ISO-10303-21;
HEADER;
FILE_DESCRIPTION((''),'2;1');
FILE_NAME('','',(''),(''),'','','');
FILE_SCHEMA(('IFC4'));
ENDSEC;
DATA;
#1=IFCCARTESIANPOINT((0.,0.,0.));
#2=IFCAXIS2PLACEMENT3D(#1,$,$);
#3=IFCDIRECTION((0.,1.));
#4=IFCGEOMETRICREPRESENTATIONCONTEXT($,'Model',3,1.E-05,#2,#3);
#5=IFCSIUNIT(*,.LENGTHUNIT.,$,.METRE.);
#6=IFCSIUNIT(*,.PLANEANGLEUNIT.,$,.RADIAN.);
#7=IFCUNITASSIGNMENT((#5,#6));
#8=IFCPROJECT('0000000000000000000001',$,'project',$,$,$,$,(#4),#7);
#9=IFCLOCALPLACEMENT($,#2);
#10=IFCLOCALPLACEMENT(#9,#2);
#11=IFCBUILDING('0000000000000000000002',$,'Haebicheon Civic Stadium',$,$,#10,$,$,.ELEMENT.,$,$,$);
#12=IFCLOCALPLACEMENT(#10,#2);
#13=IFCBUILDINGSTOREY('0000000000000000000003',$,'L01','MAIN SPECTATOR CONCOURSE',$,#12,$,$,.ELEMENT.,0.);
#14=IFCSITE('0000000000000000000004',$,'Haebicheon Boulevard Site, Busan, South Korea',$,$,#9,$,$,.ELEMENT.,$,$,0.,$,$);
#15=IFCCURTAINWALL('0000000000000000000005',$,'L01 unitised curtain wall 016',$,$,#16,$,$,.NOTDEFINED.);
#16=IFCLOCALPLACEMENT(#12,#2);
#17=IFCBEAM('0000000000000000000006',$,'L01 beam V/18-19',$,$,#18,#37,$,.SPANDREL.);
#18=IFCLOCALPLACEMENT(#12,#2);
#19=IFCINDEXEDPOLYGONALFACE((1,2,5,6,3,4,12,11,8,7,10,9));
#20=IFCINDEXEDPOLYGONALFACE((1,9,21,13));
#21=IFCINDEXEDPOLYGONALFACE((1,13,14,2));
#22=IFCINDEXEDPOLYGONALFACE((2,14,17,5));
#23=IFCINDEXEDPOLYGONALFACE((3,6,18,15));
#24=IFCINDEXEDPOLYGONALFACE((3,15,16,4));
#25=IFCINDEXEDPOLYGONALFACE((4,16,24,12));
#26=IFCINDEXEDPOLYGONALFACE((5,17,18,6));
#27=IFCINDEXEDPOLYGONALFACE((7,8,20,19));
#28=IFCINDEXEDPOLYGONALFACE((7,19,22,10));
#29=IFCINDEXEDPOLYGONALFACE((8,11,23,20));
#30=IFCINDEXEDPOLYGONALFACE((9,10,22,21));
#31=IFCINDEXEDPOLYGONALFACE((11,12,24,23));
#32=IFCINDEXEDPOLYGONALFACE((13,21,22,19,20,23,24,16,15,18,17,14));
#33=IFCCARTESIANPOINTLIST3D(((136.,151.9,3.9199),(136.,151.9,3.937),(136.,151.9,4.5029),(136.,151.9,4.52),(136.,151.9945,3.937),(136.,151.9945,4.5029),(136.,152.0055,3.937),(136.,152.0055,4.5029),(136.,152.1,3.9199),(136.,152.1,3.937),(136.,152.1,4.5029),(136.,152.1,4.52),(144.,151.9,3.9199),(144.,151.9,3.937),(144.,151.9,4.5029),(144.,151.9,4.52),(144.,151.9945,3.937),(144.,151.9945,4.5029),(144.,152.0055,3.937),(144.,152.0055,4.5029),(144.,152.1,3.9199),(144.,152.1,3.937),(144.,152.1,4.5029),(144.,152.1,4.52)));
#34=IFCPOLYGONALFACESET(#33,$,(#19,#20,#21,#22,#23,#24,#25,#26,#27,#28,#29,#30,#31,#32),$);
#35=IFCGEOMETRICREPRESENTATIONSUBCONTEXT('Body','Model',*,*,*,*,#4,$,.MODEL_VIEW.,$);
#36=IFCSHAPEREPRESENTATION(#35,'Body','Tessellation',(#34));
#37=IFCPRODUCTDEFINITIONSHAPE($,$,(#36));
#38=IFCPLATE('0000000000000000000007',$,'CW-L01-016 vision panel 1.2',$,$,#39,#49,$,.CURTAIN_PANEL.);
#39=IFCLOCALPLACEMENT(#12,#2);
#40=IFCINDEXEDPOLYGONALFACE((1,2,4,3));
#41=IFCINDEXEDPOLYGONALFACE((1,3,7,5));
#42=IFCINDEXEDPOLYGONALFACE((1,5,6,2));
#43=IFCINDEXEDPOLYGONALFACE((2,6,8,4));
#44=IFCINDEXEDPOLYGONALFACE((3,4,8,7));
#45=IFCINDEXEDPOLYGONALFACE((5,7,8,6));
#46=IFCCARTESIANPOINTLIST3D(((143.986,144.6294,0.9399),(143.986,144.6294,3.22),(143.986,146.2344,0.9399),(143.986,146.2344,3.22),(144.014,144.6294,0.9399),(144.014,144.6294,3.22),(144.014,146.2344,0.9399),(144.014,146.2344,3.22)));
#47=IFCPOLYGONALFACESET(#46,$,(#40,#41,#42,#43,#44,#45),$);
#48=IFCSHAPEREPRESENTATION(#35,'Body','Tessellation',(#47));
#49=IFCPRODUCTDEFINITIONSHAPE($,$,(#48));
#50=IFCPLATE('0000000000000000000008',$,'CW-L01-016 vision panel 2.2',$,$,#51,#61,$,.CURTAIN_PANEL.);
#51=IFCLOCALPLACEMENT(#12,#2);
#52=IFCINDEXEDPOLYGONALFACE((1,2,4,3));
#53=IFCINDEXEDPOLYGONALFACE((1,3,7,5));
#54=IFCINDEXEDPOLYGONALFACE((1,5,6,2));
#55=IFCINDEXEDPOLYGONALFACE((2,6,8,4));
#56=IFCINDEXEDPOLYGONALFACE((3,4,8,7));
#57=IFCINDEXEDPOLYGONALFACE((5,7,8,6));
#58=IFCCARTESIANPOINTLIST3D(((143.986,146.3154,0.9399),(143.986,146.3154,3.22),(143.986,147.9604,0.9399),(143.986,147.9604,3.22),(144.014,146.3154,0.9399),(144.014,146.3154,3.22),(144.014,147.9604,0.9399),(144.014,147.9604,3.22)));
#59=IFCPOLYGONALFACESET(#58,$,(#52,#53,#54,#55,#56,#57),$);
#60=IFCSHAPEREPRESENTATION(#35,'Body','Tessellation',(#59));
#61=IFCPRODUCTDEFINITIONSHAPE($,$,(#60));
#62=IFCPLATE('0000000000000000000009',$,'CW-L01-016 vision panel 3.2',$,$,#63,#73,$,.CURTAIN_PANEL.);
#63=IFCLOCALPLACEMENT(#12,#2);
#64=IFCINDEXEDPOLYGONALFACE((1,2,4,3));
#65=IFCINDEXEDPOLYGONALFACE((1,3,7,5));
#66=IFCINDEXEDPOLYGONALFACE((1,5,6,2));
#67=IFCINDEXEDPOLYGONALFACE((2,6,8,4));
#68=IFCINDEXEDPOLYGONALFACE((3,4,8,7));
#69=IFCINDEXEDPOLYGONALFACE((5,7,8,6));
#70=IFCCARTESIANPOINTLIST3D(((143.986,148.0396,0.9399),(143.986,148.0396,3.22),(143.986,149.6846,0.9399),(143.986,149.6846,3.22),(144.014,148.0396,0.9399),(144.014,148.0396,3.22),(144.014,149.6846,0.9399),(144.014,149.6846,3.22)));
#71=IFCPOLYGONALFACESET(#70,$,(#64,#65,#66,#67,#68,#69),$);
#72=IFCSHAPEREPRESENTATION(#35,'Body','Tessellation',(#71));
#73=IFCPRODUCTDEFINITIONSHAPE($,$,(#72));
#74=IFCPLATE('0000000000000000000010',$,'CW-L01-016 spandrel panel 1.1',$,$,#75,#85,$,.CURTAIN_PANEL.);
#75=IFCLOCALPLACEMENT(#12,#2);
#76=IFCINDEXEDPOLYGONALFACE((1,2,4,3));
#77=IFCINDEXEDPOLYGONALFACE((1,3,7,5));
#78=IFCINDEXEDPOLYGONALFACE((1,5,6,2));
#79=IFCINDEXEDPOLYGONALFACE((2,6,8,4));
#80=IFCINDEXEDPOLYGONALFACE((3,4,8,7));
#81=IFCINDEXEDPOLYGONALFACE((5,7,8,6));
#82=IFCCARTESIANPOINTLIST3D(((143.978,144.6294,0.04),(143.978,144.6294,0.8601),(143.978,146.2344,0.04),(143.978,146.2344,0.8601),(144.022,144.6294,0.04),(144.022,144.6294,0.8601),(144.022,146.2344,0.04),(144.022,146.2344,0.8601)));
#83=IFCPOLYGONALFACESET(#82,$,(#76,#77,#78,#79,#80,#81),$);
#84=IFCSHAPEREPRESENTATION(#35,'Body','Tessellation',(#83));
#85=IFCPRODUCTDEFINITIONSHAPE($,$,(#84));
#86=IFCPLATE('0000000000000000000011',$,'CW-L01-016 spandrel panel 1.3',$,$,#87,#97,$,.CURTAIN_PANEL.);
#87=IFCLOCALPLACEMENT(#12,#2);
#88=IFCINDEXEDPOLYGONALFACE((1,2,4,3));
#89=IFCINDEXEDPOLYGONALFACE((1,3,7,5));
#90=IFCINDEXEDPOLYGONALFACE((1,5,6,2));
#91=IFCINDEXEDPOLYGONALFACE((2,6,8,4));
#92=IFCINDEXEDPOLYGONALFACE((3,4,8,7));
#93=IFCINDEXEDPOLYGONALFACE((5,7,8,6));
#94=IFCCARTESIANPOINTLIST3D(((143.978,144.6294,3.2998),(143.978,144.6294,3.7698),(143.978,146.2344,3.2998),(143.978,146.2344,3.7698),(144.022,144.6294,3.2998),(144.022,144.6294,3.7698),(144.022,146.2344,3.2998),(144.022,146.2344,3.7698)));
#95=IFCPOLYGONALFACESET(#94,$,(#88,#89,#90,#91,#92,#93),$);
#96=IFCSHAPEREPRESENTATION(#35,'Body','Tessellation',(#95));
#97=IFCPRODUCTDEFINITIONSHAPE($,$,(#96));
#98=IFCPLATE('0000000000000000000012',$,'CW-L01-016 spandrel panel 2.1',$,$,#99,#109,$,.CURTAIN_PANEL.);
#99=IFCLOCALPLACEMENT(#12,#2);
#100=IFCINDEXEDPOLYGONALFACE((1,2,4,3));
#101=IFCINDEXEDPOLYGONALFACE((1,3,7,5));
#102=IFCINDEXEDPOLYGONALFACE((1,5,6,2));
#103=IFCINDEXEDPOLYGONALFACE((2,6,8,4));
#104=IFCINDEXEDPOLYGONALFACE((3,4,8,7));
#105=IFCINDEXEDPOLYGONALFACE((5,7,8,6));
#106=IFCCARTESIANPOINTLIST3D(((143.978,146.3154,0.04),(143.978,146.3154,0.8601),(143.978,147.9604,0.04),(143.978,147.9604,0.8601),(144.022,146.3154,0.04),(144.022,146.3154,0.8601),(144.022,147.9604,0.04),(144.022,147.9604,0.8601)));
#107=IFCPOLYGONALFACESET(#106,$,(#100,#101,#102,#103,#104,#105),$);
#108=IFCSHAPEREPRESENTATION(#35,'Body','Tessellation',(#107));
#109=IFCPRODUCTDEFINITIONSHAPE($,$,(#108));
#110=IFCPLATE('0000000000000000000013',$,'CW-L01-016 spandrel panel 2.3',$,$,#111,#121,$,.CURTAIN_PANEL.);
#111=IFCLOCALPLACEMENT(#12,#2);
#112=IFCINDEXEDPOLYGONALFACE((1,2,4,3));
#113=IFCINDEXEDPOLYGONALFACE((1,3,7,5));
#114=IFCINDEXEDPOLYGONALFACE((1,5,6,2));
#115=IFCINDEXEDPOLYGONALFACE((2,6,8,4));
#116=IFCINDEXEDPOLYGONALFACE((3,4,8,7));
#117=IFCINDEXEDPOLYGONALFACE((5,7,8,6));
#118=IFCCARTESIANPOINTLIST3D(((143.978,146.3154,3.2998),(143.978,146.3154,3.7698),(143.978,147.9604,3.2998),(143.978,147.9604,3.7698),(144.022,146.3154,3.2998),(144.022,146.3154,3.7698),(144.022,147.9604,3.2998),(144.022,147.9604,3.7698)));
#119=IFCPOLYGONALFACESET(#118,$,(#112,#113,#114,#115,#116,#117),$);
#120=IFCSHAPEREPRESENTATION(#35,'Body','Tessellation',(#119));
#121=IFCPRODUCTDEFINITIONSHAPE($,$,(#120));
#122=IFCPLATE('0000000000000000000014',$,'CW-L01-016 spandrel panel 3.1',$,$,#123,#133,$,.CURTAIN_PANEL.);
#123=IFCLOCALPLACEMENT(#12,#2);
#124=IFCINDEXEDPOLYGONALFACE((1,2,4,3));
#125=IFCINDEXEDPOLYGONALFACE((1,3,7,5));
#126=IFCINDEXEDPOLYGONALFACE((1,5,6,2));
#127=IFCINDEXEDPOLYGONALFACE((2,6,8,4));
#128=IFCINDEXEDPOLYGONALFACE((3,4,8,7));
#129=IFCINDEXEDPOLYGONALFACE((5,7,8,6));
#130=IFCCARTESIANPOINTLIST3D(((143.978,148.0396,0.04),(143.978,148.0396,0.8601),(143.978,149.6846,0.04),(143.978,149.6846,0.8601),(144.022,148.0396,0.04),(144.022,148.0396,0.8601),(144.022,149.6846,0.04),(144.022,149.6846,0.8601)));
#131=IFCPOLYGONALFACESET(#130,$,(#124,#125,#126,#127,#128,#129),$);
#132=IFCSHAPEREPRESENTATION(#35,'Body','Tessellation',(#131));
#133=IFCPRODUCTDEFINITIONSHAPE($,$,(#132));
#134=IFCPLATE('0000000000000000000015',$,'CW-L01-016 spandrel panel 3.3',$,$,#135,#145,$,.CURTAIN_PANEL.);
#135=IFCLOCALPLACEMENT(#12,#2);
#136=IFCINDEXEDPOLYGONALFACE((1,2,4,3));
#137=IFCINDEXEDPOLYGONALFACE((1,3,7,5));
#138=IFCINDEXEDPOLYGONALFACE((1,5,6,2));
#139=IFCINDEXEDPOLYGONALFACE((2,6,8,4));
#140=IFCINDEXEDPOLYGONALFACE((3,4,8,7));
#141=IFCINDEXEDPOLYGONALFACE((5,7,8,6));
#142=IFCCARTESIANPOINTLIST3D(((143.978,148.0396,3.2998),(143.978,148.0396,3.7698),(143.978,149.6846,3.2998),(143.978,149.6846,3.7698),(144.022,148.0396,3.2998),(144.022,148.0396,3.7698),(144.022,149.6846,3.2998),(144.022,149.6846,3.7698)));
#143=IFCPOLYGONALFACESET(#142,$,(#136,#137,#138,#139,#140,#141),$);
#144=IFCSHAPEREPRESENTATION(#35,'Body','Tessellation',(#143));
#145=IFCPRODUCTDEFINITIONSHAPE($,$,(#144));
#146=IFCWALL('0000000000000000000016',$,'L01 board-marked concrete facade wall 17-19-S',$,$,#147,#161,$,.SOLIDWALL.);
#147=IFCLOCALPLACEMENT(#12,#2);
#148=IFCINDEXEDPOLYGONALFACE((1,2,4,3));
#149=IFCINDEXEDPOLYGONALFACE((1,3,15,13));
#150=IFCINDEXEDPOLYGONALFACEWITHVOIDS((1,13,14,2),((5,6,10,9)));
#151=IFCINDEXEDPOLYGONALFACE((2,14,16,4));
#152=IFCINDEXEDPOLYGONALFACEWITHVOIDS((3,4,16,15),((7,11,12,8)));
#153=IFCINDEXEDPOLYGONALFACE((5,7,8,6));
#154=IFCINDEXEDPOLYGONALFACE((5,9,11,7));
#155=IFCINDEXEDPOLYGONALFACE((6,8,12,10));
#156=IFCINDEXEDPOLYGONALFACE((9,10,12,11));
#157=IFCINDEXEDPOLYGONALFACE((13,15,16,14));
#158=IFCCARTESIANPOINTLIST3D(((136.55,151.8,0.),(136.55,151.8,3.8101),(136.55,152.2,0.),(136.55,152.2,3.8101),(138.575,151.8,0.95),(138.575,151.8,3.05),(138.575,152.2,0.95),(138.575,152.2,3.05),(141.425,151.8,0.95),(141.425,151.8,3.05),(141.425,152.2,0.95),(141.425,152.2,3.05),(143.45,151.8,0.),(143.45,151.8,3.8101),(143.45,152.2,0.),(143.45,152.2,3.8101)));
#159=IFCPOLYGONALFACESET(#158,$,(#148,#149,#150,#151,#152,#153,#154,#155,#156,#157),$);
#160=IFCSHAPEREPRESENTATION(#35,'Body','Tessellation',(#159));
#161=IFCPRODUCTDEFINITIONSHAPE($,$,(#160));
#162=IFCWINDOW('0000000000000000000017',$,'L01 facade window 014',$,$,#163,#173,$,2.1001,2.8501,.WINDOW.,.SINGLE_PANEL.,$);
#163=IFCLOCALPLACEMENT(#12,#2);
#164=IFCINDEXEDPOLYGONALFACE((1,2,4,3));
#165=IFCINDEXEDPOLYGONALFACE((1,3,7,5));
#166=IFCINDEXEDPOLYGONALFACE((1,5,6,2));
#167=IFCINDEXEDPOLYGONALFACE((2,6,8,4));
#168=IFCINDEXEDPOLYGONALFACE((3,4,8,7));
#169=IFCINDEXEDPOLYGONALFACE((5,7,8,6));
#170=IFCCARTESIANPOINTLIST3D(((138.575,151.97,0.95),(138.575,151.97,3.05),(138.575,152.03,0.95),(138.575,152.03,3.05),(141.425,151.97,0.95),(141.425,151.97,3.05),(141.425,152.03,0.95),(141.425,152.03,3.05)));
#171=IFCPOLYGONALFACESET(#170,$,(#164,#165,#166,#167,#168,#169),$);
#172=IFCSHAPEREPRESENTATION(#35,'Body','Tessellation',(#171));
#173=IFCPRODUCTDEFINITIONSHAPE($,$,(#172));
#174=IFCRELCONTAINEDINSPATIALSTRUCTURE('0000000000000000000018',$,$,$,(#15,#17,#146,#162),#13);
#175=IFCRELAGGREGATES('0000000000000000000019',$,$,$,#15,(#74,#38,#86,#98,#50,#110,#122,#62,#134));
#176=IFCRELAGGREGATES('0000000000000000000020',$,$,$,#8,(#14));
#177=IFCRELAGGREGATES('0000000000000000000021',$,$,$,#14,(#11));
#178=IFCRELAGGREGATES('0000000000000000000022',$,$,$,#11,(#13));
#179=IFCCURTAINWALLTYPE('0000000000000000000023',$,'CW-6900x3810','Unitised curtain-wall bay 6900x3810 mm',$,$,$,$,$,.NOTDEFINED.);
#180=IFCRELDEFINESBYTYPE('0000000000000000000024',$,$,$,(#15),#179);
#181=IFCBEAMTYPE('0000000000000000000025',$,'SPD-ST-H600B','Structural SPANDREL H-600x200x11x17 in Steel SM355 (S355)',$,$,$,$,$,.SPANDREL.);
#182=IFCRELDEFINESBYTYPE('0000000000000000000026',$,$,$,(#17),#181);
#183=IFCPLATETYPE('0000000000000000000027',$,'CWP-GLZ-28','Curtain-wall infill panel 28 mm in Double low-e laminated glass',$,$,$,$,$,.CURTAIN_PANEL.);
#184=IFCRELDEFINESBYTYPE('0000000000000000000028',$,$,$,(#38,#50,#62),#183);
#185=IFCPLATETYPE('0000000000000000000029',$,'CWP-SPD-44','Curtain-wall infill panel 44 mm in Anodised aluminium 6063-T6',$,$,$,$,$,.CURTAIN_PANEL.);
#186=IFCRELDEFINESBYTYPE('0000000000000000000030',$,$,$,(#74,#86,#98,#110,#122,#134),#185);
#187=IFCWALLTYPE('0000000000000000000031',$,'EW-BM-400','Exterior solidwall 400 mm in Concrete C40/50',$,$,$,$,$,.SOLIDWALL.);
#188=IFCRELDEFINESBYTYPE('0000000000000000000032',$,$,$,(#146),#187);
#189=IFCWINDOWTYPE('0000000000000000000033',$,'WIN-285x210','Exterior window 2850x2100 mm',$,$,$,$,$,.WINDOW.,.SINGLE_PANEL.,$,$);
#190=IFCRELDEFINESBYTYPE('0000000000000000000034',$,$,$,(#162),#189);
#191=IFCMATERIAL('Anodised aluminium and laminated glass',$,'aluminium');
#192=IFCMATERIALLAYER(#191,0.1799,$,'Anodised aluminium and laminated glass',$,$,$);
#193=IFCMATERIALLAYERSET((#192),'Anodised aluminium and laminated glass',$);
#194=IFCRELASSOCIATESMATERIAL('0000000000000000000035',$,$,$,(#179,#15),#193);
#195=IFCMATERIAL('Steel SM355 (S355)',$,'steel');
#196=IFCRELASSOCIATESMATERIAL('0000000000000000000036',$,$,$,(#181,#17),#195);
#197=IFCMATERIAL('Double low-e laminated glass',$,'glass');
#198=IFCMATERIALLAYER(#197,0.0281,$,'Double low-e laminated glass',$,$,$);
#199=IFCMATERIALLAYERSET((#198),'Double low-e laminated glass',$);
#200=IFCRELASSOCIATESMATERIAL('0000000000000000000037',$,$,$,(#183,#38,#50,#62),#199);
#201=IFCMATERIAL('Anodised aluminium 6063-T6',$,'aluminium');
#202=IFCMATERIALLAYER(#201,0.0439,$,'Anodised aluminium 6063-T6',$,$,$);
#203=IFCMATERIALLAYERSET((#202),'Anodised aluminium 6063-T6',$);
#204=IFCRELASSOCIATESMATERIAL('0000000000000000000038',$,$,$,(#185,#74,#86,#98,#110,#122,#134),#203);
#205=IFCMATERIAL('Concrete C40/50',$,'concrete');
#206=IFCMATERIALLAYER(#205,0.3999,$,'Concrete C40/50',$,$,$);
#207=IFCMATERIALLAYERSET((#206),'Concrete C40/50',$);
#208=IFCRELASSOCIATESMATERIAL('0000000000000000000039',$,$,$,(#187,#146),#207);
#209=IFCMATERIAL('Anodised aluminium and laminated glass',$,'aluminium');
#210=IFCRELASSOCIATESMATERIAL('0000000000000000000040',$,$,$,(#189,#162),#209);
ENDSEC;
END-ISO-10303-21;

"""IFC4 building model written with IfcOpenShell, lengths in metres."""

from ifc_helpers import new_model, si_unit, direction, frame, frame_2d, origin, origin_2d, place, context, subcontext, project, spatial, rectangle, i_section, extrude, material, layer, layer_set, material_profile, profile_set, type_object, element, fill, aggregate, save


model = new_model("IFC4")

# Units and contexts
model_context = context("Model", 3, precision=1e-05, world=origin(), true_north=direction((0.0, 1.0)))
body_context = subcontext(model_context, "Body", "Model", "MODEL_VIEW")
ifc_project = project(units=[si_unit("LENGTHUNIT", "METRE"), si_unit("PLANEANGLEUNIT", "RADIAN")], contexts=[model_context])

# Site, building, storey
site_placement = place(None, origin())
site = spatial("IfcSite", under=ifc_project, at=site_placement, Name="Haebicheon Boulevard Site, Busan, South Korea", CompositionType="ELEMENT", RefElevation=0.0)
building_placement = place(site_placement, origin())
building = spatial("IfcBuilding", under=site, at=building_placement, Name="Haebicheon Civic Stadium", CompositionType="ELEMENT")
storey_placement = place(building_placement, origin())
storey = spatial("IfcBuildingStorey", under=building, at=storey_placement, Name="L01", Description="MAIN SPECTATOR CONCOURSE", CompositionType="ELEMENT", Elevation=0.0)

# Curtain wall
ifc_material_1 = material(Name="Anodised aluminium and laminated glass", Category="aluminium")
ifc_layer_1 = layer(ifc_material_1, 0.1799, Name="Anodised aluminium and laminated glass")
ifc_layer_set_1 = layer_set([ifc_layer_1], Name="Anodised aluminium and laminated glass")
curtain_wall_type = type_object("IfcCurtainWallType", Name="CW-6900x3810", Description="Unitised curtain-wall bay 6900x3810 mm", PredefinedType="NOTDEFINED", material=ifc_layer_set_1)
curtain_wall_placement = place(storey_placement, origin())
curtain_wall = element("IfcCurtainWall", 1, at=curtain_wall_placement, inside=storey, type_object=curtain_wall_type, material=ifc_layer_set_1, Name="L01 unitised curtain wall 016", PredefinedType="NOTDEFINED")

# Beam
ifc_material_2 = material(Name="Steel SM355 (S355)", Category="steel")
ifc_material_profile_1 = material_profile(ifc_material_2, i_section(OverallWidth=0.2, OverallDepth=0.6001, WebThickness=0.011, FlangeThickness=0.0171, at=origin_2d()), Name="H-600x200x11x17")
ifc_profile_set_1 = profile_set([ifc_material_profile_1], Name="Steel SM355 (S355)")
beam_type_1 = type_object("IfcBeamType", Name="SPD-ST-H600B", Description="Structural SPANDREL H-600x200x11x17 in Steel SM355 (S355)", PredefinedType="SPANDREL", material=ifc_profile_set_1)
beam_1_placement = place(storey_placement, frame((136.0, 152.0, 4.22), z_axis=(1.0, 0.0, 0.0), x_axis=(0.0, 1.0, 0.0)))
element("IfcBeam", 2, at=beam_1_placement, inside=storey, type_object=beam_type_1, material=ifc_profile_set_1, Name="L01 beam V/18-19", PredefinedType="SPANDREL", context=body_context, shape_type="SweptSolid", body=[
    extrude(i_section(OverallWidth=0.2, OverallDepth=0.6001, WebThickness=0.011, FlangeThickness=0.0171, at=origin_2d()), origin(), (0.0, 0.0, 1.0), 8.0),
])

# Plates
ifc_material_3 = material(Name="Double low-e laminated glass", Category="glass")
ifc_layer_2 = layer(ifc_material_3, 0.0281, Name="Double low-e laminated glass")
ifc_layer_set_2 = layer_set([ifc_layer_2], Name="Double low-e laminated glass")
plate_type_1 = type_object("IfcPlateType", Name="CWP-GLZ-28", Description="Curtain-wall infill panel 28 mm in Double low-e laminated glass", PredefinedType="CURTAIN_PANEL", material=ifc_layer_set_2)
plate_1_placement = place(storey_placement, frame((144.0, 145.4319, 0.9399), z_axis=(0.0, 0.0, 1.0), x_axis=(0.0, 1.0, 0.0)))
plate_1 = element("IfcPlate", 3, at=plate_1_placement, type_object=plate_type_1, material=ifc_layer_set_2, Name="CW-L01-016 vision panel 1.2", PredefinedType="CURTAIN_PANEL", context=body_context, shape_type="SweptSolid", body=[
    extrude(rectangle(XDim=1.605, YDim=0.0281, at=origin_2d()), origin(), (0.0, 0.0, 1.0), 2.28),
])
plate_2_placement = place(storey_placement, frame((144.0, 147.1379, 0.9399), z_axis=(0.0, 0.0, 1.0), x_axis=(0.0, 1.0, 0.0)))
plate_2 = element("IfcPlate", 4, at=plate_2_placement, type_object=plate_type_1, material=ifc_layer_set_2, Name="CW-L01-016 vision panel 2.2", PredefinedType="CURTAIN_PANEL", context=body_context, shape_type="SweptSolid", body=[
    extrude(rectangle(XDim=1.645, YDim=0.0281, at=origin_2d()), origin(), (0.0, 0.0, 1.0), 2.28),
])
plate_3_placement = place(storey_placement, frame((144.0, 148.8621, 0.9399), z_axis=(0.0, 0.0, 1.0), x_axis=(0.0, 1.0, 0.0)))
plate_3 = element("IfcPlate", 5, at=plate_3_placement, type_object=plate_type_1, material=ifc_layer_set_2, Name="CW-L01-016 vision panel 3.2", PredefinedType="CURTAIN_PANEL", context=body_context, shape_type="SweptSolid", body=[
    extrude(rectangle(XDim=1.645, YDim=0.0281, at=origin_2d()), origin(), (0.0, 0.0, 1.0), 2.28),
])
ifc_material_4 = material(Name="Anodised aluminium 6063-T6", Category="aluminium")
ifc_layer_3 = layer(ifc_material_4, 0.0439, Name="Anodised aluminium 6063-T6")
ifc_layer_set_3 = layer_set([ifc_layer_3], Name="Anodised aluminium 6063-T6")
plate_type_2 = type_object("IfcPlateType", Name="CWP-SPD-44", Description="Curtain-wall infill panel 44 mm in Anodised aluminium 6063-T6", PredefinedType="CURTAIN_PANEL", material=ifc_layer_set_3)
plate_4_placement = place(storey_placement, frame((144.0, 145.4319, 0.04), z_axis=(0.0, 0.0, 1.0), x_axis=(0.0, 1.0, 0.0)))
plate_4 = element("IfcPlate", 6, at=plate_4_placement, type_object=plate_type_2, material=ifc_layer_set_3, Name="CW-L01-016 spandrel panel 1.1", PredefinedType="CURTAIN_PANEL", context=body_context, shape_type="SweptSolid", body=[
    extrude(rectangle(XDim=1.605, YDim=0.0439, at=origin_2d()), origin(), (0.0, 0.0, 1.0), 0.8201),
])
plate_5_placement = place(storey_placement, frame((144.0, 145.4319, 3.2998), z_axis=(0.0, 0.0, 1.0), x_axis=(0.0, 1.0, 0.0)))
plate_5 = element("IfcPlate", 7, at=plate_5_placement, type_object=plate_type_2, material=ifc_layer_set_3, Name="CW-L01-016 spandrel panel 1.3", PredefinedType="CURTAIN_PANEL", context=body_context, shape_type="SweptSolid", body=[
    extrude(rectangle(XDim=1.605, YDim=0.0439, at=origin_2d()), origin(), (0.0, 0.0, 1.0), 0.47),
])
plate_6_placement = place(storey_placement, frame((144.0, 147.1379, 0.04), z_axis=(0.0, 0.0, 1.0), x_axis=(0.0, 1.0, 0.0)))
plate_6 = element("IfcPlate", 8, at=plate_6_placement, type_object=plate_type_2, material=ifc_layer_set_3, Name="CW-L01-016 spandrel panel 2.1", PredefinedType="CURTAIN_PANEL", context=body_context, shape_type="SweptSolid", body=[
    extrude(rectangle(XDim=1.645, YDim=0.0439, at=origin_2d()), origin(), (0.0, 0.0, 1.0), 0.8201),
])
plate_7_placement = place(storey_placement, frame((144.0, 147.1379, 3.2998), z_axis=(0.0, 0.0, 1.0), x_axis=(0.0, 1.0, 0.0)))
plate_7 = element("IfcPlate", 9, at=plate_7_placement, type_object=plate_type_2, material=ifc_layer_set_3, Name="CW-L01-016 spandrel panel 2.3", PredefinedType="CURTAIN_PANEL", context=body_context, shape_type="SweptSolid", body=[
    extrude(rectangle(XDim=1.645, YDim=0.0439, at=origin_2d()), origin(), (0.0, 0.0, 1.0), 0.47),
])
plate_8_placement = place(storey_placement, frame((144.0, 148.8621, 0.04), z_axis=(0.0, 0.0, 1.0), x_axis=(0.0, 1.0, 0.0)))
plate_8 = element("IfcPlate", 10, at=plate_8_placement, type_object=plate_type_2, material=ifc_layer_set_3, Name="CW-L01-016 spandrel panel 3.1", PredefinedType="CURTAIN_PANEL", context=body_context, shape_type="SweptSolid", body=[
    extrude(rectangle(XDim=1.645, YDim=0.0439, at=origin_2d()), origin(), (0.0, 0.0, 1.0), 0.8201),
])
plate_9_placement = place(storey_placement, frame((144.0, 148.8621, 3.2998), z_axis=(0.0, 0.0, 1.0), x_axis=(0.0, 1.0, 0.0)))
plate_9 = element("IfcPlate", 11, at=plate_9_placement, type_object=plate_type_2, material=ifc_layer_set_3, Name="CW-L01-016 spandrel panel 3.3", PredefinedType="CURTAIN_PANEL", context=body_context, shape_type="SweptSolid", body=[
    extrude(rectangle(XDim=1.645, YDim=0.0439, at=origin_2d()), origin(), (0.0, 0.0, 1.0), 0.47),
])
aggregate(curtain_wall, [plate_4, plate_1, plate_5, plate_6, plate_2, plate_7, plate_8, plate_3, plate_9])

# Wall, opening, window
ifc_material_5 = material(Name="Concrete C40/50", Category="concrete")
ifc_layer_4 = layer(ifc_material_5, 0.3999, Name="Concrete C40/50")
ifc_layer_set_4 = layer_set([ifc_layer_4], Name="Concrete C40/50")
wall_type = type_object("IfcWallType", Name="EW-BM-400", Description="Exterior solidwall 400 mm in Concrete C40/50", PredefinedType="SOLIDWALL", material=ifc_layer_set_4)
wall_placement = place(storey_placement, frame((136.55, 152.0, 0.0), z_axis=(0.0, 0.0, 1.0), x_axis=(1.0, 0.0, 0.0)))
wall = element("IfcWall", 12, at=wall_placement, inside=storey, type_object=wall_type, material=ifc_layer_set_4, Name="L01 board-marked concrete facade wall 17-19-S", PredefinedType="SOLIDWALL", context=body_context, shape_type="SweptSolid", body=[
    extrude(rectangle(XDim=6.8999, YDim=0.3999, at=frame_2d((3.45, 0.0))), origin(), (0.0, 0.0, 1.0), 3.8101),
])
opening_placement = place(wall_placement, frame((2.0249, 0.0, 0.95)))
opening = element("IfcOpeningElement", 13, at=opening_placement, cuts=wall, PredefinedType="OPENING", context=body_context, shape_type="SweptSolid", body=[
    extrude(rectangle(XDim=2.8501, YDim=2.1001, at=frame_2d((1.425, 1.05))), frame((0.0, 0.21, 0.0), z_axis=(0.0, -1.0, 0.0), x_axis=(1.0, 0.0, 0.0)), (0.0, 0.0, 1.0), 0.4199),
])
ifc_material_6 = material(Name="Anodised aluminium and laminated glass", Category="aluminium")
window_type = type_object("IfcWindowType", Name="WIN-285x210", Description="Exterior window 2850x2100 mm", PartitioningType="SINGLE_PANEL", PredefinedType="WINDOW", material=ifc_material_6)
window_placement = place(opening_placement, origin())
window = element("IfcWindow", 14, at=window_placement, inside=storey, type_object=window_type, material=ifc_material_6, Name="L01 facade window 014", OverallHeight=2.1001, OverallWidth=2.8501, PartitioningType="SINGLE_PANEL", PredefinedType="WINDOW", context=body_context, shape_type="SweptSolid", body=[
    extrude(rectangle(XDim=2.8501, YDim=2.1001, at=frame_2d((1.425, 1.05))), frame((0.0, 0.03, 0.0), z_axis=(0.0, -1.0, 0.0), x_axis=(1.0, 0.0, 0.0)), (0.0, 0.0, 1.0), 0.0601),
])
fill(opening, window)

save(model, "model.ifc")
